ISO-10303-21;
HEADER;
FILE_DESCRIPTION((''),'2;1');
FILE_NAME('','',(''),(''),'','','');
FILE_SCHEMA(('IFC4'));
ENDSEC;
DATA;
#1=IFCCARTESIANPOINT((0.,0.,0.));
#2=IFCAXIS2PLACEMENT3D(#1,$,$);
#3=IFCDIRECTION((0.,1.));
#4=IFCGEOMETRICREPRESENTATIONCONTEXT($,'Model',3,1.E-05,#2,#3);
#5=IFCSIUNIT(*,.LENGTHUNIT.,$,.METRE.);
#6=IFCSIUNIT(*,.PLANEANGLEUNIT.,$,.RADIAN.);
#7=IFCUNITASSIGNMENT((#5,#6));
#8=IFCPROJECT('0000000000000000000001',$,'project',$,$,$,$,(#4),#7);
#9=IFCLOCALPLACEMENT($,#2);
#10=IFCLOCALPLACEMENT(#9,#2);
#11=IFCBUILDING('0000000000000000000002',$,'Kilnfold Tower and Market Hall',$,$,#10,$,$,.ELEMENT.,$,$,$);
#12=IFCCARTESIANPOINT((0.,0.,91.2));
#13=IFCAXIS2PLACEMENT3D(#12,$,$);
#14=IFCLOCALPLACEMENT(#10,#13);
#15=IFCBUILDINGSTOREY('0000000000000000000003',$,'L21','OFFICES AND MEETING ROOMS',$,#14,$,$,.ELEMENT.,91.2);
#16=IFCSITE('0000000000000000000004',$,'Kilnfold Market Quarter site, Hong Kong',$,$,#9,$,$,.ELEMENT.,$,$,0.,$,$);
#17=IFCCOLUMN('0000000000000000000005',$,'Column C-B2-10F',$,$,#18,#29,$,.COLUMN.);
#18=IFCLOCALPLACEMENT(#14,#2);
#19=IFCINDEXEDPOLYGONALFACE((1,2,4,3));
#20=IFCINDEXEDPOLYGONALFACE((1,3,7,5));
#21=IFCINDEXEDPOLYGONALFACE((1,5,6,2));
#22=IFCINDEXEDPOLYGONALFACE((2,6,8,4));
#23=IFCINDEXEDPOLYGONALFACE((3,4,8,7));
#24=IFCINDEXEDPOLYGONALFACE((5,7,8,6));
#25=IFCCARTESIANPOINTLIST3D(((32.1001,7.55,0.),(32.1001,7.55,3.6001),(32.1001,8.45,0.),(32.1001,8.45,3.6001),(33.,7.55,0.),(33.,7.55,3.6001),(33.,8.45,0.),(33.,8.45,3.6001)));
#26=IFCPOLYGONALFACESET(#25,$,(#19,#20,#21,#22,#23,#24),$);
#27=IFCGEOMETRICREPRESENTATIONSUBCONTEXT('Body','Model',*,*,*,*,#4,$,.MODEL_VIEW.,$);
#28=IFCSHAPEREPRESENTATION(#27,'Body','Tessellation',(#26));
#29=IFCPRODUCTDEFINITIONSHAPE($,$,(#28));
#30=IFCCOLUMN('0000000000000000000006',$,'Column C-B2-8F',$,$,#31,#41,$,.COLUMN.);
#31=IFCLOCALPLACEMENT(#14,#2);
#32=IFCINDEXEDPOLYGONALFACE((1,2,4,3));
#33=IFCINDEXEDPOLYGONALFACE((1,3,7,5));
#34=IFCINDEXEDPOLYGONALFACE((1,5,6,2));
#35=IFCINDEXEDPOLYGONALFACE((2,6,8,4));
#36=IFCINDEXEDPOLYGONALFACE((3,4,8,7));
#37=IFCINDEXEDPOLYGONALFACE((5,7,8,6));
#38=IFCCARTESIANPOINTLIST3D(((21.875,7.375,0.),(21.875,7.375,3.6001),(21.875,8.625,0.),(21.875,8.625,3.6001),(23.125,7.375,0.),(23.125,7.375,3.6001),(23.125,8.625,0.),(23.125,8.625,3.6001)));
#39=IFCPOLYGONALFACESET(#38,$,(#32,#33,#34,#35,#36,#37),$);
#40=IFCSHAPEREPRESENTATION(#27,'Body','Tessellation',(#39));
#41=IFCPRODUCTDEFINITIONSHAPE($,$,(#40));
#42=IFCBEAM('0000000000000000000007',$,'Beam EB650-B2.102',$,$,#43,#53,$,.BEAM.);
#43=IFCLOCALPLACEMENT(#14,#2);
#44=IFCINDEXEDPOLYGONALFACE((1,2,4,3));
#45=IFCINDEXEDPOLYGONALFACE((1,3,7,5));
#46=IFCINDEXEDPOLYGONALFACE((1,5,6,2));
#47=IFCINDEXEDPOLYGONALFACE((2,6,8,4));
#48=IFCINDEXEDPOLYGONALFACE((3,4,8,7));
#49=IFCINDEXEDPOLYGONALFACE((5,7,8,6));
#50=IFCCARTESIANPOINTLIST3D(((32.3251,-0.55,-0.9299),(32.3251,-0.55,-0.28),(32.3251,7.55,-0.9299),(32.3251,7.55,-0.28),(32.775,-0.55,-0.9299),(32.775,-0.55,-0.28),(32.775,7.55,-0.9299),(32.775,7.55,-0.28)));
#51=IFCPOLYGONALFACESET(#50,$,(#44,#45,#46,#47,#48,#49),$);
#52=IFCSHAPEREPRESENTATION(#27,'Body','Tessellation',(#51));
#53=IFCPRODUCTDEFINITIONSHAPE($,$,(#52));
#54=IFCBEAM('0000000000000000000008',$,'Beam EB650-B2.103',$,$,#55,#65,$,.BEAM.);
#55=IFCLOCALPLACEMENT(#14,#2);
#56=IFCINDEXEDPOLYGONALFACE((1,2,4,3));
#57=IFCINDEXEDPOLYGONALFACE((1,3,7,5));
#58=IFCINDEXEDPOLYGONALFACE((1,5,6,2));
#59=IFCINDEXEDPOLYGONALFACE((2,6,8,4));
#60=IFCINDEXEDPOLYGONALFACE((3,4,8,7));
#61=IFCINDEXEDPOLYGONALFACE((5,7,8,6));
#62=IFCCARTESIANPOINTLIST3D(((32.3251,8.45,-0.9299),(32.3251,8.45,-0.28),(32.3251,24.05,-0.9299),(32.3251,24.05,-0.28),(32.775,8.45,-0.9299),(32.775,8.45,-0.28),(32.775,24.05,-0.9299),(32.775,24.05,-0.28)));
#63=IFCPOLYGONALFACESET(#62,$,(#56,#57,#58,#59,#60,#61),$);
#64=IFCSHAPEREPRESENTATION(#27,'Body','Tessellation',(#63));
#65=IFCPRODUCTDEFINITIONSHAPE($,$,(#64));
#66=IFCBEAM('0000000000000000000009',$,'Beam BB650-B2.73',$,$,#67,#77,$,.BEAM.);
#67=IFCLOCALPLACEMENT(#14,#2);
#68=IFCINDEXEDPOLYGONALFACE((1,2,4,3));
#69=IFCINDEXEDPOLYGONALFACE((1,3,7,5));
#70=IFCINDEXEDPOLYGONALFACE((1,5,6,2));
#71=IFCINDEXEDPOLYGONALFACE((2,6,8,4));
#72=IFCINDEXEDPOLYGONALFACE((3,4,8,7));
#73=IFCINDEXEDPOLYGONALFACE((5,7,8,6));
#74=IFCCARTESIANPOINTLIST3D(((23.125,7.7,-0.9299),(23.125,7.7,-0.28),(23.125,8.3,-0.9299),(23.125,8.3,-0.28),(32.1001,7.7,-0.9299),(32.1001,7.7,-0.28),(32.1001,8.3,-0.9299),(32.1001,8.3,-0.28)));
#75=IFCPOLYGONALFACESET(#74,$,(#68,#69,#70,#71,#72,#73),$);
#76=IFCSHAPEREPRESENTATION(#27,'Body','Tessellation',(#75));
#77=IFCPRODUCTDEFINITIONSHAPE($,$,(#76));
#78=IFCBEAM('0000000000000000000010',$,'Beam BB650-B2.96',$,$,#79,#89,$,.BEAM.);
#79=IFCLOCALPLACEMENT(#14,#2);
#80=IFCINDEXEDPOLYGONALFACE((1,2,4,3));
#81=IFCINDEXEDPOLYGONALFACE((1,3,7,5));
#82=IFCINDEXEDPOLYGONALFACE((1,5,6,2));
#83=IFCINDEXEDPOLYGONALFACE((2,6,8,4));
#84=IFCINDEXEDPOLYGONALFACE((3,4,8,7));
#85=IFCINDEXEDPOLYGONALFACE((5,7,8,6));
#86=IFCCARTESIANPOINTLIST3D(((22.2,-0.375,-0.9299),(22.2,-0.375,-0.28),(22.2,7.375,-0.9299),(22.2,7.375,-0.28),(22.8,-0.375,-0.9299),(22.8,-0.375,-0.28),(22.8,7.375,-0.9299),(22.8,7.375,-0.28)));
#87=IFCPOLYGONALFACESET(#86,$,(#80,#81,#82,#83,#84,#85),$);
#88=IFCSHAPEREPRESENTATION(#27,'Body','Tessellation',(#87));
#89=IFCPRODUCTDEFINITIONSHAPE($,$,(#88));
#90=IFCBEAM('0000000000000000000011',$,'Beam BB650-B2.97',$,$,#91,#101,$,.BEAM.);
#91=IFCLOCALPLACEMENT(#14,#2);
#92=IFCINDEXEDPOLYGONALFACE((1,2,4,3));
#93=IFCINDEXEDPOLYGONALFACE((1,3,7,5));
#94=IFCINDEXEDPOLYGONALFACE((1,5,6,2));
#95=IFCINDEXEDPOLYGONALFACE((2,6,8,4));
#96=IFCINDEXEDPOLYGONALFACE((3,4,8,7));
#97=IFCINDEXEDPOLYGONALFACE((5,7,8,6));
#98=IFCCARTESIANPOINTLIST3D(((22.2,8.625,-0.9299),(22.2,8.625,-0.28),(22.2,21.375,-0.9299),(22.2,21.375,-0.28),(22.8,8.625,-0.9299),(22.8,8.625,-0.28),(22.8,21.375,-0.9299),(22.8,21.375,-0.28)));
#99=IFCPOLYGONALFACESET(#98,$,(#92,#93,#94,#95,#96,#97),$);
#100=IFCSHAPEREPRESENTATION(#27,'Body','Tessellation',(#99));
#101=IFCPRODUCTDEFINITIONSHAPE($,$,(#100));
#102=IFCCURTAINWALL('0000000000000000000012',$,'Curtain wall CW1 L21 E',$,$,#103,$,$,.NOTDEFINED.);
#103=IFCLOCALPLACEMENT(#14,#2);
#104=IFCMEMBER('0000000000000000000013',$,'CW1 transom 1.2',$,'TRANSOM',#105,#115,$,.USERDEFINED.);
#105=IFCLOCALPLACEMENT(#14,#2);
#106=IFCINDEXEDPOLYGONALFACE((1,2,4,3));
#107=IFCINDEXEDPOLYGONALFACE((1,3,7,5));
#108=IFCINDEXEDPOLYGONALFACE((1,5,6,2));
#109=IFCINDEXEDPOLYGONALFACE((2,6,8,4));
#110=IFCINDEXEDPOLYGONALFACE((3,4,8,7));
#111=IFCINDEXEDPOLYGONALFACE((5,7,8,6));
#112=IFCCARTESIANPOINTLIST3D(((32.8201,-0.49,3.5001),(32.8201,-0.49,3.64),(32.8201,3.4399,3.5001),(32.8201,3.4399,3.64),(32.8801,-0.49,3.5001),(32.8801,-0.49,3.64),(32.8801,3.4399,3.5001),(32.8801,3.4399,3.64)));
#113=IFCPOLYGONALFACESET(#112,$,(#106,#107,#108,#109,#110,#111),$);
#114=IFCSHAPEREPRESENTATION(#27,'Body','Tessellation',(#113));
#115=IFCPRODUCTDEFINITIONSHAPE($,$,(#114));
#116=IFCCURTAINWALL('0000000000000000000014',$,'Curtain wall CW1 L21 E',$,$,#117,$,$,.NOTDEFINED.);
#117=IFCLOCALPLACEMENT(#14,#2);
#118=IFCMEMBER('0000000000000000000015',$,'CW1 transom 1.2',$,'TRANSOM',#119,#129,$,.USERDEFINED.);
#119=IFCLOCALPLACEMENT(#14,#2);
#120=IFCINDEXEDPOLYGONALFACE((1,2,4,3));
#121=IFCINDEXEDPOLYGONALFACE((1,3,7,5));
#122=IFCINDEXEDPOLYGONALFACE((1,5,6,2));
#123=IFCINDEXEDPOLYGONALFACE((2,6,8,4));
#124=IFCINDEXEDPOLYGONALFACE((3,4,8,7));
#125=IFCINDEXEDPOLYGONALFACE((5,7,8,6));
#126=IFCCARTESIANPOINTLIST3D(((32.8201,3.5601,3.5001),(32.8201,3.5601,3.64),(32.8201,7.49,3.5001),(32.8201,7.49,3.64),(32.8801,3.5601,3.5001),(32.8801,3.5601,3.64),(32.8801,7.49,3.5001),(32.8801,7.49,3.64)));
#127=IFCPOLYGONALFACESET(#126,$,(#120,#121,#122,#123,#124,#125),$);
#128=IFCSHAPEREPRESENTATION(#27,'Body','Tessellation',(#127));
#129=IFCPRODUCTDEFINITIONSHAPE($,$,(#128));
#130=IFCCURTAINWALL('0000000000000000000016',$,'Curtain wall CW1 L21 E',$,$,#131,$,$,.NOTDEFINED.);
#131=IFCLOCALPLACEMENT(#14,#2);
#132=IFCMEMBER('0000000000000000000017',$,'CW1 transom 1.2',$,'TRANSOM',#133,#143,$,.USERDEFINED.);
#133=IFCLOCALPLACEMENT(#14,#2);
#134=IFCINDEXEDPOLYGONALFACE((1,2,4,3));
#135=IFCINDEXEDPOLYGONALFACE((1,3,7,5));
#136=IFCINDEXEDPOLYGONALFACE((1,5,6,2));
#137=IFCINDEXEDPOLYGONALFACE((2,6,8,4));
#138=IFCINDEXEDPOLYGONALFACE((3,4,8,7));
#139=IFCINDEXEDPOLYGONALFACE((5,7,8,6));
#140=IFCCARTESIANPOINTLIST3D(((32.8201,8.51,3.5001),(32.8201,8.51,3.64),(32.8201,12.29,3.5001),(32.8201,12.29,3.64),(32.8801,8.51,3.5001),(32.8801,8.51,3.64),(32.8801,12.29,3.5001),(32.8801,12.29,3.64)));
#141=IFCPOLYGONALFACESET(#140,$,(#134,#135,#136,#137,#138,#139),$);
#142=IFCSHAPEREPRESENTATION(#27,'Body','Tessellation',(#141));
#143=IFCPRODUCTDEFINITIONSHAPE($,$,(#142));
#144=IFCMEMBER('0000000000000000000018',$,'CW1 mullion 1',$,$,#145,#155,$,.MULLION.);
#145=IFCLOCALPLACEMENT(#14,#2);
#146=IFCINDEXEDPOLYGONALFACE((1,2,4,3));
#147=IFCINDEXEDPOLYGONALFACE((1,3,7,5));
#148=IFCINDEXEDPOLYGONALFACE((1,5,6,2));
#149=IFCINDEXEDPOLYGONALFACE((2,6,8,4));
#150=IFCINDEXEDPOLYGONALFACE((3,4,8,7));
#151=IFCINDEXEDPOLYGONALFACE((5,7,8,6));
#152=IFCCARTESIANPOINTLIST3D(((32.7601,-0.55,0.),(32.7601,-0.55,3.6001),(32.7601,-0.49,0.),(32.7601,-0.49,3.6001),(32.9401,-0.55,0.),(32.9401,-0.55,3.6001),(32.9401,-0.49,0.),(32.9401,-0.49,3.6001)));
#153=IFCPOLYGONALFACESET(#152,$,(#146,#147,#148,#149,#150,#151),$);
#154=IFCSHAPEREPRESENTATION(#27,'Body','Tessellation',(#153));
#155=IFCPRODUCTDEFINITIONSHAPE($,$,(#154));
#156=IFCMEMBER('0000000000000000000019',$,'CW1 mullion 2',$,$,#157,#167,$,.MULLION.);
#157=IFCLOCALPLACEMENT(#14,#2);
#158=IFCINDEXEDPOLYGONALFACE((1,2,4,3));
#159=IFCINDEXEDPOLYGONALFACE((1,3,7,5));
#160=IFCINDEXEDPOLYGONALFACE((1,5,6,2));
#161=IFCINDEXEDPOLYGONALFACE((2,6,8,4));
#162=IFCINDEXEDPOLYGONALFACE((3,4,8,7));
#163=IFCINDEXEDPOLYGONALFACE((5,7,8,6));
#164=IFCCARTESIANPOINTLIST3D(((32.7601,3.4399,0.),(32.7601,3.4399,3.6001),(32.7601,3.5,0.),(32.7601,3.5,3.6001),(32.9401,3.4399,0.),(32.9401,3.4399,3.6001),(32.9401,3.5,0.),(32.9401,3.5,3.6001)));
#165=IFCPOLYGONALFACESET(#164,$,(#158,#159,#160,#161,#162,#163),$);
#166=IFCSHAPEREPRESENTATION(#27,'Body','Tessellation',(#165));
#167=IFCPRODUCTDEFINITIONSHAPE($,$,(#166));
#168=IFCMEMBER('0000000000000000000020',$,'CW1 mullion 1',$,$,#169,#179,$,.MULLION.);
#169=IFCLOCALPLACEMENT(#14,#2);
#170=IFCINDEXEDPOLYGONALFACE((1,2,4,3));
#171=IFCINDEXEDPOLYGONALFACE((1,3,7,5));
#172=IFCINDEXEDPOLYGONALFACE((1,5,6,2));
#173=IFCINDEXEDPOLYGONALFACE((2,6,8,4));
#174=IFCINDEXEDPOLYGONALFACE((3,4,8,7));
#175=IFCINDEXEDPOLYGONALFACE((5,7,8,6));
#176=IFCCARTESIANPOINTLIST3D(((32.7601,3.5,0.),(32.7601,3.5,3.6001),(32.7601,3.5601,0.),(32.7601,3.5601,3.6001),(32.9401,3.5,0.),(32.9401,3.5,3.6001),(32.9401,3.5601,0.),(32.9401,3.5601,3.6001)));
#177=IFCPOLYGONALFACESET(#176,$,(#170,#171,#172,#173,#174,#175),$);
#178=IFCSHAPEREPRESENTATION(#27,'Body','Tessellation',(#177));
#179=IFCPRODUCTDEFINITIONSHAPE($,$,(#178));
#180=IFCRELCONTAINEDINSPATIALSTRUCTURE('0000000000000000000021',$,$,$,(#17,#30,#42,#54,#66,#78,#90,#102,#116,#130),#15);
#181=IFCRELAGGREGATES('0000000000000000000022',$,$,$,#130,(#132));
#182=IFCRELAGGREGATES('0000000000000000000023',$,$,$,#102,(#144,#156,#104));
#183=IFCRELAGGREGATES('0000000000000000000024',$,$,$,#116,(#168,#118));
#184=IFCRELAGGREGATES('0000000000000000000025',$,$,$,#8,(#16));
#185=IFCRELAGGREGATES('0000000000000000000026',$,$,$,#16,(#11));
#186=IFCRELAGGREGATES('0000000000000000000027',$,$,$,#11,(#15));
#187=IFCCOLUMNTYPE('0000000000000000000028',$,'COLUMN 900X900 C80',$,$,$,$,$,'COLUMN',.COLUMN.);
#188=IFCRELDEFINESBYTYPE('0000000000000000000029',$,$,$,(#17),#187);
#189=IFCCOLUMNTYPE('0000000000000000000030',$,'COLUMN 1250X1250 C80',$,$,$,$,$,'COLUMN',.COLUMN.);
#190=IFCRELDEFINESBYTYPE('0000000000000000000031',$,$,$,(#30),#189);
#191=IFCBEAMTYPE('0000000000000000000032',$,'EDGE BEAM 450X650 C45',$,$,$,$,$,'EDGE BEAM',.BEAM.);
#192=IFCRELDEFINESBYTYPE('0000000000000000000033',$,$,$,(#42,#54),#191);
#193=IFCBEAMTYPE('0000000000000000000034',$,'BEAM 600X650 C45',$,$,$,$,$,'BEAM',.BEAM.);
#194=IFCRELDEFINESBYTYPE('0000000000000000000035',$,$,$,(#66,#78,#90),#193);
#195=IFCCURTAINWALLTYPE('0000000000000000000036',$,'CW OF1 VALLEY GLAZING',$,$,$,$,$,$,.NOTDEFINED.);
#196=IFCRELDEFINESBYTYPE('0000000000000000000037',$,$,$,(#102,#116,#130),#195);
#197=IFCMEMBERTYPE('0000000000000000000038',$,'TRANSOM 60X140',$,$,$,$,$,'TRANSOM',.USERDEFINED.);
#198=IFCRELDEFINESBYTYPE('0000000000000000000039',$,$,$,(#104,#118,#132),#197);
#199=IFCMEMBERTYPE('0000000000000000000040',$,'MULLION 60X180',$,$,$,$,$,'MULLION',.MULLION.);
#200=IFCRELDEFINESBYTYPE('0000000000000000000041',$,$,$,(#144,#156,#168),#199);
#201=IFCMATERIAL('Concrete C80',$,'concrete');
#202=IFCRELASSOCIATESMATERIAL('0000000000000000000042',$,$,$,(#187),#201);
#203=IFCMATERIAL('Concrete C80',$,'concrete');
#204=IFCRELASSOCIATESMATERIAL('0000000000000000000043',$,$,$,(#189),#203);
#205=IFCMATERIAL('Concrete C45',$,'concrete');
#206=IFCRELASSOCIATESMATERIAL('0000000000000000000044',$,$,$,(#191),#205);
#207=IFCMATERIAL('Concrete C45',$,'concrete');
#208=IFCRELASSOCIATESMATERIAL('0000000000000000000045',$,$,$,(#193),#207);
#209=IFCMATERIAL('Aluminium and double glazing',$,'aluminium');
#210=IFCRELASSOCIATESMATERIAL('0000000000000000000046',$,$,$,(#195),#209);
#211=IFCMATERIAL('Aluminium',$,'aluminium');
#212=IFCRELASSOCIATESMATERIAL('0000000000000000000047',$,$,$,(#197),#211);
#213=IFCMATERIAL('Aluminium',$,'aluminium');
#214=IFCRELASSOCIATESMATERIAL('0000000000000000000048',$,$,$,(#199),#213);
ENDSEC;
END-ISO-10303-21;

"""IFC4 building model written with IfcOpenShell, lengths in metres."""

from ifc_helpers import new_model, si_unit, direction, frame, origin, origin_2d, place, context, subcontext, project, spatial, rectangle, extrude, source, transform, mapped, material, material_profile, profile_set, type_object, element, aggregate, save


model = new_model("IFC4")

# Units and contexts
model_context = context("Model", 3, precision=1e-05, world=origin(), true_north=direction((0.0, 1.0)))
body_context = subcontext(model_context, "Body", "Model", "MODEL_VIEW")
ifc_project = project(units=[si_unit("LENGTHUNIT", "METRE"), si_unit("PLANEANGLEUNIT", "RADIAN")], contexts=[model_context])

# Site, building, storey
site_placement = place(None, origin())
site = spatial("IfcSite", under=ifc_project, at=site_placement, Name="Kilnfold Market Quarter site, Hong Kong", CompositionType="ELEMENT", RefElevation=0.0)
building_placement = place(site_placement, origin())
building = spatial("IfcBuilding", under=site, at=building_placement, Name="Kilnfold Tower and Market Hall", CompositionType="ELEMENT")
storey_placement = place(building_placement, frame((0.0, 0.0, 91.2)))
storey = spatial("IfcBuildingStorey", under=building, at=storey_placement, Name="L21", Description="OFFICES AND MEETING ROOMS", CompositionType="ELEMENT", Elevation=91.2)

# Columns
ifc_material_1 = material(Name="Concrete C80", Category="concrete")
ifc_material_profile_1 = material_profile(ifc_material_1, rectangle(XDim=0.8999, YDim=0.8999, at=origin_2d()), Name="RC 900x900")
ifc_profile_set_1 = profile_set([ifc_material_profile_1], Name="Concrete C80")
column_type_1 = type_object("IfcColumnType", Name="COLUMN 900X900 C80", ElementType="COLUMN", PredefinedType="COLUMN", material=ifc_profile_set_1)
shared_shape_1 = source(origin(), body_context, "Body", "SweptSolid", [
    extrude(rectangle(XDim=0.8999, YDim=0.8999, at=origin_2d()), origin(), (0.0, 0.0, 1.0), 3.6001),
])
column_1_placement = place(storey_placement, frame((32.55, 8.0, 0.0), z_axis=(0.0, 0.0, 1.0), x_axis=(1.0, 0.0, 0.0)))
element("IfcColumn", 1, at=column_1_placement, inside=storey, type_object=column_type_1, Name="Column C-B2-10F", PredefinedType="COLUMN", context=body_context, shape_type="MappedRepresentation", body=[
    mapped(shared_shape_1, transform((0.0, 0.0, 0.0))),
])
ifc_material_2 = material(Name="Concrete C80", Category="concrete")
ifc_material_profile_2 = material_profile(ifc_material_2, rectangle(XDim=1.25, YDim=1.25, at=origin_2d()), Name="RC 1250x1250")
ifc_profile_set_2 = profile_set([ifc_material_profile_2], Name="Concrete C80")
column_type_2 = type_object("IfcColumnType", Name="COLUMN 1250X1250 C80", ElementType="COLUMN", PredefinedType="COLUMN", material=ifc_profile_set_2)
shared_shape_2 = source(origin(), body_context, "Body", "SweptSolid", [
    extrude(rectangle(XDim=1.25, YDim=1.25, at=origin_2d()), origin(), (0.0, 0.0, 1.0), 3.6001),
])
column_2_placement = place(storey_placement, frame((22.5, 8.0, 0.0), z_axis=(0.0, 0.0, 1.0), x_axis=(1.0, 0.0, 0.0)))
element("IfcColumn", 2, at=column_2_placement, inside=storey, type_object=column_type_2, Name="Column C-B2-8F", PredefinedType="COLUMN", context=body_context, shape_type="MappedRepresentation", body=[
    mapped(shared_shape_2, transform((0.0, 0.0, 0.0))),
])

# Beams
ifc_material_3 = material(Name="Concrete C45", Category="concrete")
ifc_material_profile_3 = material_profile(ifc_material_3, rectangle(XDim=0.45, YDim=0.6499, at=origin_2d()), Name="RC 450x650")
ifc_profile_set_3 = profile_set([ifc_material_profile_3], Name="Concrete C45")
beam_type_1 = type_object("IfcBeamType", Name="EDGE BEAM 450X650 C45", ElementType="EDGE BEAM", PredefinedType="BEAM", material=ifc_profile_set_3)
shared_shape_3 = source(origin(), body_context, "Body", "SweptSolid", [
    extrude(rectangle(XDim=0.45, YDim=0.6499, at=origin_2d()), origin(), (0.0, 0.0, 1.0), 8.1001),
])
beam_1_placement = place(storey_placement, frame((32.55, -0.55, -0.605), z_axis=(0.0, 1.0, 0.0), x_axis=(-1.0, 0.0, 0.0)))
element("IfcBeam", 3, at=beam_1_placement, inside=storey, type_object=beam_type_1, Name="Beam EB650-B2.102", PredefinedType="BEAM", context=body_context, shape_type="MappedRepresentation", body=[
    mapped(shared_shape_3, transform((0.0, 0.0, 0.0))),
])
shared_shape_4 = source(origin(), body_context, "Body", "SweptSolid", [
    extrude(rectangle(XDim=0.45, YDim=0.6499, at=origin_2d()), origin(), (0.0, 0.0, 1.0), 15.6001),
])
beam_2_placement = place(storey_placement, frame((32.55, 8.45, -0.605), z_axis=(0.0, 1.0, 0.0), x_axis=(-1.0, 0.0, 0.0)))
element("IfcBeam", 4, at=beam_2_placement, inside=storey, type_object=beam_type_1, Name="Beam EB650-B2.103", PredefinedType="BEAM", context=body_context, shape_type="MappedRepresentation", body=[
    mapped(shared_shape_4, transform((0.0, 0.0, 0.0))),
])
ifc_material_4 = material(Name="Concrete C45", Category="concrete")
ifc_material_profile_4 = material_profile(ifc_material_4, rectangle(XDim=0.6001, YDim=0.6499, at=origin_2d()), Name="RC 600x650")
ifc_profile_set_4 = profile_set([ifc_material_profile_4], Name="Concrete C45")
beam_type_2 = type_object("IfcBeamType", Name="BEAM 600X650 C45", ElementType="BEAM", PredefinedType="BEAM", material=ifc_profile_set_4)
shared_shape_5 = source(origin(), body_context, "Body", "SweptSolid", [
    extrude(rectangle(XDim=0.6001, YDim=0.6499, at=origin_2d()), origin(), (0.0, 0.0, 1.0), 8.9751),
])
beam_3_placement = place(storey_placement, frame((23.125, 8.0, -0.605), z_axis=(1.0, 0.0, 0.0), x_axis=(0.0, 1.0, 0.0)))
element("IfcBeam", 5, at=beam_3_placement, inside=storey, type_object=beam_type_2, Name="Beam BB650-B2.73", PredefinedType="BEAM", context=body_context, shape_type="MappedRepresentation", body=[
    mapped(shared_shape_5, transform((0.0, 0.0, 0.0))),
])
shared_shape_6 = source(origin(), body_context, "Body", "SweptSolid", [
    extrude(rectangle(XDim=0.6001, YDim=0.6499, at=origin_2d()), origin(), (0.0, 0.0, 1.0), 7.75),
])
beam_4_placement = place(storey_placement, frame((22.5, -0.375, -0.605), z_axis=(0.0, 1.0, 0.0), x_axis=(-1.0, 0.0, 0.0)))
element("IfcBeam", 6, at=beam_4_placement, inside=storey, type_object=beam_type_2, Name="Beam BB650-B2.96", PredefinedType="BEAM", context=body_context, shape_type="MappedRepresentation", body=[
    mapped(shared_shape_6, transform((0.0, 0.0, 0.0))),
])
shared_shape_7 = source(origin(), body_context, "Body", "SweptSolid", [
    extrude(rectangle(XDim=0.6001, YDim=0.6499, at=origin_2d()), origin(), (0.0, 0.0, 1.0), 12.75),
])
beam_5_placement = place(storey_placement, frame((22.5, 8.625, -0.605), z_axis=(0.0, 1.0, 0.0), x_axis=(-1.0, 0.0, 0.0)))
element("IfcBeam", 7, at=beam_5_placement, inside=storey, type_object=beam_type_2, Name="Beam BB650-B2.97", PredefinedType="BEAM", context=body_context, shape_type="MappedRepresentation", body=[
    mapped(shared_shape_7, transform((0.0, 0.0, 0.0))),
])

# Curtain walls, members
ifc_material_5 = material(Name="Aluminium and double glazing", Category="aluminium")
curtain_wall_type = type_object("IfcCurtainWallType", Name="CW OF1 VALLEY GLAZING", PredefinedType="NOTDEFINED", material=ifc_material_5)
curtain_wall_1_placement = place(storey_placement, origin())
curtain_wall_1 = element("IfcCurtainWall", 8, at=curtain_wall_1_placement, inside=storey, type_object=curtain_wall_type, Name="Curtain wall CW1 L21 E", PredefinedType="NOTDEFINED")
ifc_material_6 = material(Name="Aluminium", Category="aluminium")
ifc_material_profile_5 = material_profile(ifc_material_6, rectangle(XDim=0.0601, YDim=0.1399, at=origin_2d()), Name="TRANSOM 60x140")
ifc_profile_set_5 = profile_set([ifc_material_profile_5], Name="Aluminium")
member_type_1 = type_object("IfcMemberType", Name="TRANSOM 60X140", ElementType="TRANSOM", PredefinedType="USERDEFINED", material=ifc_profile_set_5)
shared_shape_8 = source(origin(), body_context, "Body", "SweptSolid", [
    extrude(rectangle(XDim=0.0601, YDim=0.1399, at=origin_2d()), origin(), (0.0, 0.0, 1.0), 3.9299),
])
member_1_placement = place(storey_placement, frame((32.8501, -0.49, 3.5701), z_axis=(0.0, 1.0, 0.0), x_axis=(-1.0, 0.0, 0.0)))
member_1 = element("IfcMember", 9, at=member_1_placement, type_object=member_type_1, Name="CW1 transom 1.2", ObjectType="TRANSOM", PredefinedType="USERDEFINED", context=body_context, shape_type="MappedRepresentation", body=[
    mapped(shared_shape_8, transform((0.0, 0.0, 0.0))),
])
curtain_wall_2_placement = place(storey_placement, origin())
curtain_wall_2 = element("IfcCurtainWall", 10, at=curtain_wall_2_placement, inside=storey, type_object=curtain_wall_type, Name="Curtain wall CW1 L21 E", PredefinedType="NOTDEFINED")
member_2_placement = place(storey_placement, frame((32.8501, 3.5601, 3.5701), z_axis=(0.0, 1.0, 0.0), x_axis=(-1.0, 0.0, 0.0)))
member_2 = element("IfcMember", 11, at=member_2_placement, type_object=member_type_1, Name="CW1 transom 1.2", ObjectType="TRANSOM", PredefinedType="USERDEFINED", context=body_context, shape_type="MappedRepresentation", body=[
    mapped(shared_shape_8, transform((0.0, 0.0, 0.0))),
])
curtain_wall_3_placement = place(storey_placement, origin())
curtain_wall_3 = element("IfcCurtainWall", 12, at=curtain_wall_3_placement, inside=storey, type_object=curtain_wall_type, Name="Curtain wall CW1 L21 E", PredefinedType="NOTDEFINED")
shared_shape_9 = source(origin(), body_context, "Body", "SweptSolid", [
    extrude(rectangle(XDim=0.0601, YDim=0.1399, at=origin_2d()), origin(), (0.0, 0.0, 1.0), 3.78),
])
member_3_placement = place(storey_placement, frame((32.8501, 8.51, 3.5701), z_axis=(0.0, 1.0, 0.0), x_axis=(-1.0, 0.0, 0.0)))
member_3 = element("IfcMember", 13, at=member_3_placement, type_object=member_type_1, Name="CW1 transom 1.2", ObjectType="TRANSOM", PredefinedType="USERDEFINED", context=body_context, shape_type="MappedRepresentation", body=[
    mapped(shared_shape_9, transform((0.0, 0.0, 0.0))),
])

# Members
ifc_material_7 = material(Name="Aluminium", Category="aluminium")
ifc_material_profile_6 = material_profile(ifc_material_7, rectangle(XDim=0.0601, YDim=0.1799, at=origin_2d()), Name="MULLION 60x180")
ifc_profile_set_6 = profile_set([ifc_material_profile_6], Name="Aluminium")
member_type_2 = type_object("IfcMemberType", Name="MULLION 60X180", ElementType="MULLION", PredefinedType="MULLION", material=ifc_profile_set_6)
shared_shape_10 = source(origin(), body_context, "Body", "SweptSolid", [
    extrude(rectangle(XDim=0.0601, YDim=0.1799, at=origin_2d()), origin(), (0.0, 0.0, 1.0), 3.6001),
])
member_4_placement = place(storey_placement, frame((32.8501, -0.52, 0.0), z_axis=(0.0, 0.0, 1.0), x_axis=(0.0, 1.0, 0.0)))
member_4 = element("IfcMember", 14, at=member_4_placement, type_object=member_type_2, Name="CW1 mullion 1", PredefinedType="MULLION", context=body_context, shape_type="MappedRepresentation", body=[
    mapped(shared_shape_10, transform((0.0, 0.0, 0.0))),
])
member_5_placement = place(storey_placement, frame((32.8501, 3.47, 0.0), z_axis=(0.0, 0.0, 1.0), x_axis=(0.0, 1.0, 0.0)))
member_5 = element("IfcMember", 15, at=member_5_placement, type_object=member_type_2, Name="CW1 mullion 2", PredefinedType="MULLION", context=body_context, shape_type="MappedRepresentation", body=[
    mapped(shared_shape_10, transform((0.0, 0.0, 0.0))),
])
member_6_placement = place(storey_placement, frame((32.8501, 3.53, 0.0), z_axis=(0.0, 0.0, 1.0), x_axis=(0.0, 1.0, 0.0)))
member_6 = element("IfcMember", 16, at=member_6_placement, type_object=member_type_2, Name="CW1 mullion 1", PredefinedType="MULLION", context=body_context, shape_type="MappedRepresentation", body=[
    mapped(shared_shape_10, transform((0.0, 0.0, 0.0))),
])
aggregate(curtain_wall_3, [member_3])

aggregate(curtain_wall_1, [member_4, member_5, member_1])
aggregate(curtain_wall_2, [member_6, member_2])

save(model, "model.ifc")
